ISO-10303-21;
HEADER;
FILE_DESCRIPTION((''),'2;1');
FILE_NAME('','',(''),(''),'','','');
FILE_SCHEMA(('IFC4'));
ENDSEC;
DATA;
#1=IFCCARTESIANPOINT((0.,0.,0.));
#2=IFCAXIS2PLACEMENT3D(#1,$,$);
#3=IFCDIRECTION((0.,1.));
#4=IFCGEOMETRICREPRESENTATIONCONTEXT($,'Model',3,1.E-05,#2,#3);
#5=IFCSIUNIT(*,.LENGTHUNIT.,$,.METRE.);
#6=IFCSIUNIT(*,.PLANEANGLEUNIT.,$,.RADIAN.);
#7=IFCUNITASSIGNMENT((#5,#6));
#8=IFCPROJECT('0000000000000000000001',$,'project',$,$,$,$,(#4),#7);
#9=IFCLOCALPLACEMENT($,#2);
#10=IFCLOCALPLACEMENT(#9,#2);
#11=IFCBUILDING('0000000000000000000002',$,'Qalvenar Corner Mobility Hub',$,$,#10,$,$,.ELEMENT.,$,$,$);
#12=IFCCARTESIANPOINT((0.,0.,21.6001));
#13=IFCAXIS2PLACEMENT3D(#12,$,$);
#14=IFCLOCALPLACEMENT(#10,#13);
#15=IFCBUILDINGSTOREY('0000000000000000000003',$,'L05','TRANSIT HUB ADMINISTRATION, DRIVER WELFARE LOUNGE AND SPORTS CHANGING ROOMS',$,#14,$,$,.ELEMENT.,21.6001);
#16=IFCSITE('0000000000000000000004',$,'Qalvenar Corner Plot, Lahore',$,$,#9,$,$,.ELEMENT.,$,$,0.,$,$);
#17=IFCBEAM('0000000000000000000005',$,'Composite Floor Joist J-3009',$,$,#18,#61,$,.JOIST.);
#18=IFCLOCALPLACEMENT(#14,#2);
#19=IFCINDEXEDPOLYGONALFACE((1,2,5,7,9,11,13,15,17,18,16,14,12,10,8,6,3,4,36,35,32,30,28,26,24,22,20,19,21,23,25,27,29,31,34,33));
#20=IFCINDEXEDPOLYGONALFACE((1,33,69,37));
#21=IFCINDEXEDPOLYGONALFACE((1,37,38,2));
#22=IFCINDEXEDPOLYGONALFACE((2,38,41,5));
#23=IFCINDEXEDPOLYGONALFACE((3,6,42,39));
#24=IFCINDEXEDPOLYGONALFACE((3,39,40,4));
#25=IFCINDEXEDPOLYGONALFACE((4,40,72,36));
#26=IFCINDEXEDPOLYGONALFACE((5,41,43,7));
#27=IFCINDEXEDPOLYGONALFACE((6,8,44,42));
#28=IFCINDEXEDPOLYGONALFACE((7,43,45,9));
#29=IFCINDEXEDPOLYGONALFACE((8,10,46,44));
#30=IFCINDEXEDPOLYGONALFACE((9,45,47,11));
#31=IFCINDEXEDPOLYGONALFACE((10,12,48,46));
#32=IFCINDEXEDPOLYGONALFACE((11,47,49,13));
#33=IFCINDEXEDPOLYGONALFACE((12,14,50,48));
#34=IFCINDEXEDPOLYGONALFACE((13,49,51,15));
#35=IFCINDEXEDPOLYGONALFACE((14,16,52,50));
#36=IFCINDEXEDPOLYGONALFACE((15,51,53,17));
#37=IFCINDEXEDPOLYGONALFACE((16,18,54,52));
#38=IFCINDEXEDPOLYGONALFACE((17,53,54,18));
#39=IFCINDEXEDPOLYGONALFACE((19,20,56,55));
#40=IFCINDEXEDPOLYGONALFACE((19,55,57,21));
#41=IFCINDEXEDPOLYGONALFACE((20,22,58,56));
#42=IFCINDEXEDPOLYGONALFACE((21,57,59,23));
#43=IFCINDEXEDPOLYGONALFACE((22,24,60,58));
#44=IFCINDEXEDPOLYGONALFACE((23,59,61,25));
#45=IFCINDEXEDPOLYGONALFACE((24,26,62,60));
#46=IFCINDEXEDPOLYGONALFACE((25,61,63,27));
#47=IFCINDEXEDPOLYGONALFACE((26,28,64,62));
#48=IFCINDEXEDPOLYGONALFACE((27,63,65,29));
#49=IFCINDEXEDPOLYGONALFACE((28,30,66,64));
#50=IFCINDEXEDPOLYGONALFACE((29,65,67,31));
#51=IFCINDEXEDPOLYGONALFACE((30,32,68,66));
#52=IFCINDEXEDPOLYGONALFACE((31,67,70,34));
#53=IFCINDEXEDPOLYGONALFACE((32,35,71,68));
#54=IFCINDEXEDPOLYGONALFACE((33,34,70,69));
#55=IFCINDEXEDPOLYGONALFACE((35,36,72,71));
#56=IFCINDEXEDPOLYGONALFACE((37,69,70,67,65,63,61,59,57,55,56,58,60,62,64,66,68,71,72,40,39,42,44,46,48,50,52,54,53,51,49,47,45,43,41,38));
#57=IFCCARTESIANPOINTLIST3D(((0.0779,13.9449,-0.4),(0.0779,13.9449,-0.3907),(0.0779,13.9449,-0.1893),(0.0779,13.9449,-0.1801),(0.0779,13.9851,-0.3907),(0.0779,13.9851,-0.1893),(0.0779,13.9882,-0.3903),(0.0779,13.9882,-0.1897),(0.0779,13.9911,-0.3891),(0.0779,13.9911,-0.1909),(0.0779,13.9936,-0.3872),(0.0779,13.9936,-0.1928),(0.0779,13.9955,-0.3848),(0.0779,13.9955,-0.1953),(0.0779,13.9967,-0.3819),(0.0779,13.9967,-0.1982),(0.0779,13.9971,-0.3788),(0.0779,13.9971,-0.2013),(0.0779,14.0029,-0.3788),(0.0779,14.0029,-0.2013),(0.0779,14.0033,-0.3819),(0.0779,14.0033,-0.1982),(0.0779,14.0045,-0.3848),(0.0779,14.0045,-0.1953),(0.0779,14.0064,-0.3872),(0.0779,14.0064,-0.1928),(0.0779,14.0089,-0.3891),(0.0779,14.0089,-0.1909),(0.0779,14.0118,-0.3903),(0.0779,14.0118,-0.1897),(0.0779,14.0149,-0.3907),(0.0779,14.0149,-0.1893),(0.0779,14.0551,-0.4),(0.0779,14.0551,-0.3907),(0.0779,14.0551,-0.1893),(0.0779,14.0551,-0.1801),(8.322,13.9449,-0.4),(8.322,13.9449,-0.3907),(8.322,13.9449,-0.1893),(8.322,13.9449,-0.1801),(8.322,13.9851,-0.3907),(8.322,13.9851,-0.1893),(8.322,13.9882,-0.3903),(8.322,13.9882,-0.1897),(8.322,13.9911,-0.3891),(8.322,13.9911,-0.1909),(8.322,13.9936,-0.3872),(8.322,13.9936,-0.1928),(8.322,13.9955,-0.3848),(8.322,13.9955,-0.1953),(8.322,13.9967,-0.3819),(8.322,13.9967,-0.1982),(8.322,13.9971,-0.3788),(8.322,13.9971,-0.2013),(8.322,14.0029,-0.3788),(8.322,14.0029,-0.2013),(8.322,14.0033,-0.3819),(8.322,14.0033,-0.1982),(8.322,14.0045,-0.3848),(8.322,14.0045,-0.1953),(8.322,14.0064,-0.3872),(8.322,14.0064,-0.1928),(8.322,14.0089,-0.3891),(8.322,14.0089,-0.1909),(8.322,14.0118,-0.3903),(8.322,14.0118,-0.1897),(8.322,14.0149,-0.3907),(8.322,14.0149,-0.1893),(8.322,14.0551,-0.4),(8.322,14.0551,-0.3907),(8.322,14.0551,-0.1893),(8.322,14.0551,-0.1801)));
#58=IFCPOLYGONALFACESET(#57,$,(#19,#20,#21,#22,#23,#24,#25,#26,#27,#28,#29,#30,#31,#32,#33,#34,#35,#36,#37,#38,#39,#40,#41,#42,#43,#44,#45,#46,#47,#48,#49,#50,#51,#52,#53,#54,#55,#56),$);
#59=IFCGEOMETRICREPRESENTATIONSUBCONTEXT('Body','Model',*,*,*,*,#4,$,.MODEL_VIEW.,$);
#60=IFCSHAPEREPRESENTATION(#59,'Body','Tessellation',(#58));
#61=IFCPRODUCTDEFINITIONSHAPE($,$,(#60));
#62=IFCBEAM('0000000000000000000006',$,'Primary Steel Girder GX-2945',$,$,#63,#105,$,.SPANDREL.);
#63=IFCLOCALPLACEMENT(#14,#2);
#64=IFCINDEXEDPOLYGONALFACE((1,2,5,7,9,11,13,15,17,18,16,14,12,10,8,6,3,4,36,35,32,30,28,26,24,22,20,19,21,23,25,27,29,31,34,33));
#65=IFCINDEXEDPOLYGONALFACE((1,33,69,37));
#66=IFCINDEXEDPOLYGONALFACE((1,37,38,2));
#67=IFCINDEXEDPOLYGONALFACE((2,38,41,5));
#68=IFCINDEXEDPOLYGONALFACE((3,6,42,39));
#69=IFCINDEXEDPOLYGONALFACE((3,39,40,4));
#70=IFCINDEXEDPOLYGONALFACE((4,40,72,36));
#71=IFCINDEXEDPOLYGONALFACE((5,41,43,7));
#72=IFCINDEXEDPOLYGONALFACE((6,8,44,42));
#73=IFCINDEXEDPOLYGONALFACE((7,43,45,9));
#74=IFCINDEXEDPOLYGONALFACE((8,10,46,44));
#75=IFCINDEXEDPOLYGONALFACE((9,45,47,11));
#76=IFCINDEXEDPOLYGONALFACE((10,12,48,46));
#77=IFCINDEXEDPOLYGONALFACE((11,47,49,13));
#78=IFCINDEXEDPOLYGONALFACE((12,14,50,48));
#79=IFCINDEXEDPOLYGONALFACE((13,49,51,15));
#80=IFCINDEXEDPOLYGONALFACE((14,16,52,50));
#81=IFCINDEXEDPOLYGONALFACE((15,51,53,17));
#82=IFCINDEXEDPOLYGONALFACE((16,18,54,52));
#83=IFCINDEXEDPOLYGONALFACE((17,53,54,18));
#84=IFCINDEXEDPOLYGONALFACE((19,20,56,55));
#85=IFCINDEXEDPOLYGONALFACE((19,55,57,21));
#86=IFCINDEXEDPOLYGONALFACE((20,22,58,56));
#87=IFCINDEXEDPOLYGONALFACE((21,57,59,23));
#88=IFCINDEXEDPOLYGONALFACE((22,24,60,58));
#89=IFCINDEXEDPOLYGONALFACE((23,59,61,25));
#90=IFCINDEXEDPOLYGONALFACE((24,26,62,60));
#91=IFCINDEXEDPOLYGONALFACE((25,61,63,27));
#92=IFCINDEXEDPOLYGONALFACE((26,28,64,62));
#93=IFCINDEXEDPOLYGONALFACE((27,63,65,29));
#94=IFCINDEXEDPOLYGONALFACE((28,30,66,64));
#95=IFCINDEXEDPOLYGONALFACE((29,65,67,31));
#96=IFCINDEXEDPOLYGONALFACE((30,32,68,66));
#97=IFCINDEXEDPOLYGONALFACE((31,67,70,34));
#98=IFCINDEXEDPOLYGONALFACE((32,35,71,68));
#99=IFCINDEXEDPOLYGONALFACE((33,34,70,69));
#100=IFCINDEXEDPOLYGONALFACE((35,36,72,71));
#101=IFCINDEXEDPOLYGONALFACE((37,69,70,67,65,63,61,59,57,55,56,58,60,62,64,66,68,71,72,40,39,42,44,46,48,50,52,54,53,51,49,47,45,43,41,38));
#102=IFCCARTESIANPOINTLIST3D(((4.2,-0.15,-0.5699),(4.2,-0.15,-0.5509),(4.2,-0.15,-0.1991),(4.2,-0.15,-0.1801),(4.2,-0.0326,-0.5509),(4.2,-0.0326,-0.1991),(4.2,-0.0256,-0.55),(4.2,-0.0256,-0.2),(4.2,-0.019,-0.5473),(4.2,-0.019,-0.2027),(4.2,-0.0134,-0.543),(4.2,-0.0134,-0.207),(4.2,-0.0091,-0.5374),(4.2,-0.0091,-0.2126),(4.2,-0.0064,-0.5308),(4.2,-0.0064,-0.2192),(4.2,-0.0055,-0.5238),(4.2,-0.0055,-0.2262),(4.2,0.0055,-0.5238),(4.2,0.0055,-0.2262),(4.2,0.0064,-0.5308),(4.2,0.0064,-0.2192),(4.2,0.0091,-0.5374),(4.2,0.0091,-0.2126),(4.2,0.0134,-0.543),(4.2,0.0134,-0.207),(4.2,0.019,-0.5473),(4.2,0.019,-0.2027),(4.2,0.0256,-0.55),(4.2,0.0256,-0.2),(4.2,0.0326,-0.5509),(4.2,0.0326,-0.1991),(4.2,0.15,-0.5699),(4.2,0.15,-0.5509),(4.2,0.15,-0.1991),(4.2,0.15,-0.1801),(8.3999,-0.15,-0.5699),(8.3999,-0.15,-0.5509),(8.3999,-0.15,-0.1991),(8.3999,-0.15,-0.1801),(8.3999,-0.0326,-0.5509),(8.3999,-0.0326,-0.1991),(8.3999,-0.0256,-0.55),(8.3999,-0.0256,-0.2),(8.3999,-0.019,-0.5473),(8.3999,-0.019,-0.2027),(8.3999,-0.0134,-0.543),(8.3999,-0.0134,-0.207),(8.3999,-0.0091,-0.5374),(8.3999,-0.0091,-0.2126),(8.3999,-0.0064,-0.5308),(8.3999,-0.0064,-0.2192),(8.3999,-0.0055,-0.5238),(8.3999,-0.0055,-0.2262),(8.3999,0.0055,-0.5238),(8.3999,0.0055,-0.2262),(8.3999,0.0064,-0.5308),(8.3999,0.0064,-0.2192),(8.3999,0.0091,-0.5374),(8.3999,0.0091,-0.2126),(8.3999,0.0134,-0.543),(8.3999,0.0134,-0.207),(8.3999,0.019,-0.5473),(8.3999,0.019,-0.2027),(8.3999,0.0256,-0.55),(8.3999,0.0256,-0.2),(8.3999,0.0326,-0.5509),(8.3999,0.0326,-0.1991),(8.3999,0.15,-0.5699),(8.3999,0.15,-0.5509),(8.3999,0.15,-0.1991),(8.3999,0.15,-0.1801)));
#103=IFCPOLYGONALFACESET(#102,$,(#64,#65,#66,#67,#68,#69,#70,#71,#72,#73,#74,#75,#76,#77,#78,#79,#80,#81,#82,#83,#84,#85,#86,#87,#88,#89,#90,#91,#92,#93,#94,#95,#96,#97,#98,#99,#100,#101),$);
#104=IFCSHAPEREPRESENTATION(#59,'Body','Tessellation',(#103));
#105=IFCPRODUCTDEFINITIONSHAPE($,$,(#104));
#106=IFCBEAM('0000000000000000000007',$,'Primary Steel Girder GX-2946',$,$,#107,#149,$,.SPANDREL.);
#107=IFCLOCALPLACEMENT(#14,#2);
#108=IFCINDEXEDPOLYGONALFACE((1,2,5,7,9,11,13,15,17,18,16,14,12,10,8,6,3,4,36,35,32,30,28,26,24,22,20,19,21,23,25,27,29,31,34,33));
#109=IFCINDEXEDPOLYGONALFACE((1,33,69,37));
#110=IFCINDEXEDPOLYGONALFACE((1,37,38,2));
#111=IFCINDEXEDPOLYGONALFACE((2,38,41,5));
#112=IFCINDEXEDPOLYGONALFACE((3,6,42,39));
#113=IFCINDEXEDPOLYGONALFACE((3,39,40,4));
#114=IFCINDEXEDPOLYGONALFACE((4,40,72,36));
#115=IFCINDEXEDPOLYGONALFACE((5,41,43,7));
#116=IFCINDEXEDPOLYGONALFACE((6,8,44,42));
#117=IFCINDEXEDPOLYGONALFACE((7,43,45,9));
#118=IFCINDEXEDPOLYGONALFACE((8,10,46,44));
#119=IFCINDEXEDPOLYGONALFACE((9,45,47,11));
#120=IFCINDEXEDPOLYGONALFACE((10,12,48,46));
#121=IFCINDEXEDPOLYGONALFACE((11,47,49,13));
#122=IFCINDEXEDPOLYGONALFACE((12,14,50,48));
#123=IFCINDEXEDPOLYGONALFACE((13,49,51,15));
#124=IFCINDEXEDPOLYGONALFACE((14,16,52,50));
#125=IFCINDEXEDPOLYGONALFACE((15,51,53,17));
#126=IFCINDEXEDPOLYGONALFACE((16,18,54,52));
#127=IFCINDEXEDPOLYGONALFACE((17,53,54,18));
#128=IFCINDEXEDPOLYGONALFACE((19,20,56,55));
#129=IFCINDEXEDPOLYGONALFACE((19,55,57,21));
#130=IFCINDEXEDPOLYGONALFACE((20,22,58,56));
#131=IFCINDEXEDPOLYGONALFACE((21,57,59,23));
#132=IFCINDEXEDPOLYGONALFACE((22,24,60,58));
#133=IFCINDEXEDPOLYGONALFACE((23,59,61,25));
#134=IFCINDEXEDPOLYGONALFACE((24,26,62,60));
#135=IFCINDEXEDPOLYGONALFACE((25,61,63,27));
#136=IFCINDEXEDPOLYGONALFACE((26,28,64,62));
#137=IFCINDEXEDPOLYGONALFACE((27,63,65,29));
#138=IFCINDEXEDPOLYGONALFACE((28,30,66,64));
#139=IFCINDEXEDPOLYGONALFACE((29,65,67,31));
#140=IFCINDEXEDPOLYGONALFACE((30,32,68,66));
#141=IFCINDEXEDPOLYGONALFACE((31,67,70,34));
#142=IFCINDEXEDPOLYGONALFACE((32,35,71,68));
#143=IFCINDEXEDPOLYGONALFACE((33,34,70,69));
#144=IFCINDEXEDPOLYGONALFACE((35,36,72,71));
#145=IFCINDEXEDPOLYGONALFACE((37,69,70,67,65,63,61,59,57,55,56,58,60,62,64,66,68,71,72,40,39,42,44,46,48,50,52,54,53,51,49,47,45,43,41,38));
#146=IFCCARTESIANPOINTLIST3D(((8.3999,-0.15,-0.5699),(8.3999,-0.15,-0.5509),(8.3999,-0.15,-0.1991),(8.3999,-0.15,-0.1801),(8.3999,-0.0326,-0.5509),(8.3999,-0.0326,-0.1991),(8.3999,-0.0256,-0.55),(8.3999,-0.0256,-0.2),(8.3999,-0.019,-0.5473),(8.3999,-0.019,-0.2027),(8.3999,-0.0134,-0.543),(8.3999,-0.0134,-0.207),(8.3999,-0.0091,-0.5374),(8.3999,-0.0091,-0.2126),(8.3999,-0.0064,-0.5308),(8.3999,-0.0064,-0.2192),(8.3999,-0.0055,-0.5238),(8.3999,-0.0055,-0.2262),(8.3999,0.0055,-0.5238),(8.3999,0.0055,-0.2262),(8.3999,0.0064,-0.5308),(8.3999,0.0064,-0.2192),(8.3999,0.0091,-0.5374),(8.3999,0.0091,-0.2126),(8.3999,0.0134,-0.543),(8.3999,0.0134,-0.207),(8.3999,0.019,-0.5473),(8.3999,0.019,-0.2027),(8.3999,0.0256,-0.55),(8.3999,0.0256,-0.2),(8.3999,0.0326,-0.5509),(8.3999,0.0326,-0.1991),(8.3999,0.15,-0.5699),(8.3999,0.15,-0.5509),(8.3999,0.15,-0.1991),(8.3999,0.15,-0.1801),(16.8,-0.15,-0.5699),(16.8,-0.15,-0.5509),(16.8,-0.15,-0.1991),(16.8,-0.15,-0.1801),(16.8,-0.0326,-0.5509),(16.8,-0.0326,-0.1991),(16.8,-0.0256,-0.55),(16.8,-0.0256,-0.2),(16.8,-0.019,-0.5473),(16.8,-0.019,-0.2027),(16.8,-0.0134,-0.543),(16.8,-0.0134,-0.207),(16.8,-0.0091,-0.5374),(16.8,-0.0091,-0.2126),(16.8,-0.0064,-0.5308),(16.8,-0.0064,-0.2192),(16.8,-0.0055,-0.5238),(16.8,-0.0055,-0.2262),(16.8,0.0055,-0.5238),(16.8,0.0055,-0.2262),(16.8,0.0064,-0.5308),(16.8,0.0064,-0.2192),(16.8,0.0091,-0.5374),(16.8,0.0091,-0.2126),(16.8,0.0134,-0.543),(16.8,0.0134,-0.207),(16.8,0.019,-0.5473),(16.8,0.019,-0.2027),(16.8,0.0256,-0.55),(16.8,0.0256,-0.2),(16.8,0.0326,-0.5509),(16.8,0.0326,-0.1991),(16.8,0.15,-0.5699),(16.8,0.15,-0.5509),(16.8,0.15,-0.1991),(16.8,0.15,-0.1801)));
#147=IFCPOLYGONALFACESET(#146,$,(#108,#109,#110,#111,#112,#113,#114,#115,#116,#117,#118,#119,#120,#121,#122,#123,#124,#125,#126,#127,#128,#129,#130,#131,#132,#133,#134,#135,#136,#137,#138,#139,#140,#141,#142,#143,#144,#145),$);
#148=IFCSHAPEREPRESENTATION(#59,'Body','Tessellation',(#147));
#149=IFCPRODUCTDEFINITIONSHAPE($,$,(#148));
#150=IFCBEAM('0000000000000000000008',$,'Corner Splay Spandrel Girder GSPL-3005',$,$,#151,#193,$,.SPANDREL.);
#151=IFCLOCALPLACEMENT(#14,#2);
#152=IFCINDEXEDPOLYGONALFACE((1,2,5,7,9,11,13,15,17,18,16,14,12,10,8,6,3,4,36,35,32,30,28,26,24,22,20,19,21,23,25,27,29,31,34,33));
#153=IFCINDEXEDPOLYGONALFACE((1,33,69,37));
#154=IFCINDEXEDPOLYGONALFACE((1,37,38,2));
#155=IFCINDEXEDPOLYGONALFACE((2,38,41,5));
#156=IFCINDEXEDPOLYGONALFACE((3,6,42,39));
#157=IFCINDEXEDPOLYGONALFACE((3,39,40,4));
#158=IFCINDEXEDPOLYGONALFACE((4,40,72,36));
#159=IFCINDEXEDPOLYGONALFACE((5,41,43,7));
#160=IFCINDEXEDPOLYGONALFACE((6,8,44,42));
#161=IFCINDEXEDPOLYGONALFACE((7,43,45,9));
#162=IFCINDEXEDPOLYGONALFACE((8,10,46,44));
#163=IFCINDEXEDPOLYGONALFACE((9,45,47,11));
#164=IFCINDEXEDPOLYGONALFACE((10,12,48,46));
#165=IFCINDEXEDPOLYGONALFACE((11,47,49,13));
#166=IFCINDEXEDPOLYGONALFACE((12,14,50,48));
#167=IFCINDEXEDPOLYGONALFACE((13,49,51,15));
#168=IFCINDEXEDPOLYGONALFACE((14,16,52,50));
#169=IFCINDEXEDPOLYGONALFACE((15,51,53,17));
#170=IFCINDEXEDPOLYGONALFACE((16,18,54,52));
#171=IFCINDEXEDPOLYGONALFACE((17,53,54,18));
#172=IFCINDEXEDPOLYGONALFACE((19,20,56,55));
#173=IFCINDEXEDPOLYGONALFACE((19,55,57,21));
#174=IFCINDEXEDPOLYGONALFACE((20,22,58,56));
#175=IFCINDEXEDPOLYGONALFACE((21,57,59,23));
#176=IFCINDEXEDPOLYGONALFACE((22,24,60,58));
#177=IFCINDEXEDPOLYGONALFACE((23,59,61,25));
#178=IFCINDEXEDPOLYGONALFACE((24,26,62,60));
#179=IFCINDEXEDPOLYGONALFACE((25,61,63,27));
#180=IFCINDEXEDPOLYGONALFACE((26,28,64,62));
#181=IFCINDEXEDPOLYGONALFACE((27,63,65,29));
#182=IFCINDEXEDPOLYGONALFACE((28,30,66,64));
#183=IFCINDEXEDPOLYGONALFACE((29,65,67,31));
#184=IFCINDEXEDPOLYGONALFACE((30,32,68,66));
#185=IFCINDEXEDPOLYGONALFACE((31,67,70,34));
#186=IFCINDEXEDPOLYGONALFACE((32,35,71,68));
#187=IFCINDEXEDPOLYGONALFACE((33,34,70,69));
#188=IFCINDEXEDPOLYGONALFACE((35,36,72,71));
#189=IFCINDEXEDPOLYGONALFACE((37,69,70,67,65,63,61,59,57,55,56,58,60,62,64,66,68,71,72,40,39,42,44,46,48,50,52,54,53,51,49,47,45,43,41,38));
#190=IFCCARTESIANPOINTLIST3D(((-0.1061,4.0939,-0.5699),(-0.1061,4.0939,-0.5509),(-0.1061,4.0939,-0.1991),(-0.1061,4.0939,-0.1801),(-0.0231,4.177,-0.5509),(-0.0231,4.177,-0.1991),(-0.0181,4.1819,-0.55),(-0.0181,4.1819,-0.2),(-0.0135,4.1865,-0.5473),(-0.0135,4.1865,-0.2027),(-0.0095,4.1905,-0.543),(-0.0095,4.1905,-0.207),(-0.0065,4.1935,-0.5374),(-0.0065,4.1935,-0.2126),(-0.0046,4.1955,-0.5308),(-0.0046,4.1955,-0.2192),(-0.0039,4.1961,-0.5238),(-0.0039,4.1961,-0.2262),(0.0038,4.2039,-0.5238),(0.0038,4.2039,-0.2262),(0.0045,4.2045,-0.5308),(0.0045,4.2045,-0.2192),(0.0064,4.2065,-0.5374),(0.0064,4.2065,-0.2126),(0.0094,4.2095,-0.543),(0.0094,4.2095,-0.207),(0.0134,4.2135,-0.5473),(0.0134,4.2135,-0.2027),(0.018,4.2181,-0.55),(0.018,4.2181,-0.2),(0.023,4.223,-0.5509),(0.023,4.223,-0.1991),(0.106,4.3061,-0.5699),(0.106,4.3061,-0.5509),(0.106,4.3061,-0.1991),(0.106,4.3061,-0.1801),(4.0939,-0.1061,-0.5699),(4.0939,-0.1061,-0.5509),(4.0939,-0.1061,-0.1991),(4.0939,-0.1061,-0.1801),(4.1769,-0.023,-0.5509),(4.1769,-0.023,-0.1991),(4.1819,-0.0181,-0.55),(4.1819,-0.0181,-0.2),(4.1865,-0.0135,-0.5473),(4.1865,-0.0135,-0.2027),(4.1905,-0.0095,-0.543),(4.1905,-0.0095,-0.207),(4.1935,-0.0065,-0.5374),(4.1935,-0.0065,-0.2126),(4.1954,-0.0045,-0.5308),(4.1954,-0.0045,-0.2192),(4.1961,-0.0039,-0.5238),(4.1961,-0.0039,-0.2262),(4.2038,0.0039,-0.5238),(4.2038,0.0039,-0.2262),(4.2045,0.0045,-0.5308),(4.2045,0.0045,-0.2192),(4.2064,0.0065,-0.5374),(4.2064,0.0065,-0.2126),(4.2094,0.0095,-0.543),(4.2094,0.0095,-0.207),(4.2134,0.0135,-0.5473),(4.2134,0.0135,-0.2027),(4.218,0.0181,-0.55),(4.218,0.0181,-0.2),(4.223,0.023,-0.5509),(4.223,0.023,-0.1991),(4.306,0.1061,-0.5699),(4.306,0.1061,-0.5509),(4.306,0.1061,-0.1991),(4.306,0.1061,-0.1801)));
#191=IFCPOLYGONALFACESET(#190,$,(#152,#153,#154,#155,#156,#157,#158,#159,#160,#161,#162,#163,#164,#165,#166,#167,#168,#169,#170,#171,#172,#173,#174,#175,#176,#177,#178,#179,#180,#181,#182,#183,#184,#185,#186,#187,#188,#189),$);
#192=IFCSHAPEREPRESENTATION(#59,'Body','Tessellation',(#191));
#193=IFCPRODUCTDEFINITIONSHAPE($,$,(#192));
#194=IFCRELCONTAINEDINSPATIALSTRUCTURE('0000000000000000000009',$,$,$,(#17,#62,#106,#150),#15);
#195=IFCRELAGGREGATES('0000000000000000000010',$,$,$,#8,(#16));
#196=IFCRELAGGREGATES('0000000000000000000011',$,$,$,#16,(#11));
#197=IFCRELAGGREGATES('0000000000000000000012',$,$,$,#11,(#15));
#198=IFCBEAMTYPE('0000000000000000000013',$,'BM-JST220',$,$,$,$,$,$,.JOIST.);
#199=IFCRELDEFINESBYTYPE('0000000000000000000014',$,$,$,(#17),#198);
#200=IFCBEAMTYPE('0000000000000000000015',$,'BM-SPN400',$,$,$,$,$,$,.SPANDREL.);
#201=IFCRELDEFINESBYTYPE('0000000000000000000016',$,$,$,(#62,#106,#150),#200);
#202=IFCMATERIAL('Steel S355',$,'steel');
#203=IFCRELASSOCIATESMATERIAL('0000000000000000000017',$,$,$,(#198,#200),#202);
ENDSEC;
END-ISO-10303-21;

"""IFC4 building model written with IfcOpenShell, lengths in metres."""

from ifc_helpers import new_model, si_unit, direction, frame, origin, origin_2d, place, context, subcontext, project, spatial, i_section, extrude, material, material_profile, profile_set, type_object, element, save


model = new_model("IFC4")

# Units and contexts
model_context = context("Model", 3, precision=1e-05, world=origin(), true_north=direction((0.0, 1.0)))
body_context = subcontext(model_context, "Body", "Model", "MODEL_VIEW")
ifc_project = project(units=[si_unit("LENGTHUNIT", "METRE"), si_unit("PLANEANGLEUNIT", "RADIAN")], contexts=[model_context])

# Site, building, storey
site_placement = place(None, origin())
site = spatial("IfcSite", under=ifc_project, at=site_placement, Name="Qalvenar Corner Plot, Lahore", CompositionType="ELEMENT", RefElevation=0.0)
building_placement = place(site_placement, origin())
building = spatial("IfcBuilding", under=site, at=building_placement, Name="Qalvenar Corner Mobility Hub", CompositionType="ELEMENT")
storey_placement = place(building_placement, frame((0.0, 0.0, 21.6001)))
storey = spatial("IfcBuildingStorey", under=building, at=storey_placement, Name="L05", Description="TRANSIT HUB ADMINISTRATION, DRIVER WELFARE LOUNGE AND SPORTS CHANGING ROOMS", CompositionType="ELEMENT", Elevation=21.6001)

# Shared definitions
ifc_material_1 = material(Name="Steel S355", Category="steel")

# Beams
ifc_material_profile_1 = material_profile(ifc_material_1, i_section(OverallWidth=0.1101, OverallDepth=0.22, WebThickness=0.0059, FlangeThickness=0.0093, FilletRadius=0.012, at=origin_2d()), Name="IPE220")
ifc_profile_set_1 = profile_set([ifc_material_profile_1], Name="Steel S355")
beam_type_1 = type_object("IfcBeamType", Name="BM-JST220", PredefinedType="JOIST", material=ifc_profile_set_1)
for number, where, z_axis, x_axis, name in (
    (1, (0.0779, 14.0, -0.29), (1.0, 0.0, 0.0), (0.0, 1.0, 0.0), "Composite Floor Joist J-3009"),
):
    element("IfcBeam", number, at=place(storey_placement, frame(where, z_axis=z_axis, x_axis=x_axis)), inside=storey, type_object=beam_type_1, Name=name, PredefinedType="JOIST", context=body_context, shape_type="SweptSolid", body=[
        extrude(i_section(OverallWidth=0.1101, OverallDepth=0.22, WebThickness=0.0059, FlangeThickness=0.0093, FilletRadius=0.012, at=origin_2d()), origin(), (0.0, 0.0, 1.0), 8.2441),
    ])
ifc_material_profile_2 = material_profile(ifc_material_1, i_section(OverallWidth=0.3, OverallDepth=0.3899, WebThickness=0.011, FlangeThickness=0.019, FilletRadius=0.0271, at=origin_2d()), Name="HEA400")
ifc_profile_set_2 = profile_set([ifc_material_profile_2], Name="Steel S355")
beam_type_2 = type_object("IfcBeamType", Name="BM-SPN400", PredefinedType="SPANDREL", material=ifc_profile_set_2)
beam_1_placement = place(storey_placement, frame((4.2, 0.0, -0.375), z_axis=(1.0, 0.0, 0.0), x_axis=(0.0, 1.0, 0.0)))
element("IfcBeam", 2, at=beam_1_placement, inside=storey, type_object=beam_type_2, Name="Primary Steel Girder GX-2945", PredefinedType="SPANDREL", context=body_context, shape_type="SweptSolid", body=[
    extrude(i_section(OverallWidth=0.3, OverallDepth=0.3899, WebThickness=0.011, FlangeThickness=0.019, FilletRadius=0.0271, at=origin_2d()), origin(), (0.0, 0.0, 1.0), 4.2),
])
beam_2_placement = place(storey_placement, frame((8.3999, 0.0, -0.375), z_axis=(1.0, 0.0, 0.0), x_axis=(0.0, 1.0, 0.0)))
element("IfcBeam", 3, at=beam_2_placement, inside=storey, type_object=beam_type_2, Name="Primary Steel Girder GX-2946", PredefinedType="SPANDREL", context=body_context, shape_type="SweptSolid", body=[
    extrude(i_section(OverallWidth=0.3, OverallDepth=0.3899, WebThickness=0.011, FlangeThickness=0.019, FilletRadius=0.0271, at=origin_2d()), origin(), (0.0, 0.0, 1.0), 8.4001),
])
beam_3_placement = place(storey_placement, frame((4.2, 0.0, -0.375), z_axis=(-0.707107, 0.707107, 0.0), x_axis=(-0.707107, -0.707107, 0.0)))
element("IfcBeam", 4, at=beam_3_placement, inside=storey, type_object=beam_type_2, Name="Corner Splay Spandrel Girder GSPL-3005", PredefinedType="SPANDREL", context=body_context, shape_type="SweptSolid", body=[
    extrude(i_section(OverallWidth=0.3, OverallDepth=0.3899, WebThickness=0.011, FlangeThickness=0.019, FilletRadius=0.0271, at=origin_2d()), origin(), (0.0, 0.0, 1.0), 5.9397),
])

save(model, "model.ifc")
